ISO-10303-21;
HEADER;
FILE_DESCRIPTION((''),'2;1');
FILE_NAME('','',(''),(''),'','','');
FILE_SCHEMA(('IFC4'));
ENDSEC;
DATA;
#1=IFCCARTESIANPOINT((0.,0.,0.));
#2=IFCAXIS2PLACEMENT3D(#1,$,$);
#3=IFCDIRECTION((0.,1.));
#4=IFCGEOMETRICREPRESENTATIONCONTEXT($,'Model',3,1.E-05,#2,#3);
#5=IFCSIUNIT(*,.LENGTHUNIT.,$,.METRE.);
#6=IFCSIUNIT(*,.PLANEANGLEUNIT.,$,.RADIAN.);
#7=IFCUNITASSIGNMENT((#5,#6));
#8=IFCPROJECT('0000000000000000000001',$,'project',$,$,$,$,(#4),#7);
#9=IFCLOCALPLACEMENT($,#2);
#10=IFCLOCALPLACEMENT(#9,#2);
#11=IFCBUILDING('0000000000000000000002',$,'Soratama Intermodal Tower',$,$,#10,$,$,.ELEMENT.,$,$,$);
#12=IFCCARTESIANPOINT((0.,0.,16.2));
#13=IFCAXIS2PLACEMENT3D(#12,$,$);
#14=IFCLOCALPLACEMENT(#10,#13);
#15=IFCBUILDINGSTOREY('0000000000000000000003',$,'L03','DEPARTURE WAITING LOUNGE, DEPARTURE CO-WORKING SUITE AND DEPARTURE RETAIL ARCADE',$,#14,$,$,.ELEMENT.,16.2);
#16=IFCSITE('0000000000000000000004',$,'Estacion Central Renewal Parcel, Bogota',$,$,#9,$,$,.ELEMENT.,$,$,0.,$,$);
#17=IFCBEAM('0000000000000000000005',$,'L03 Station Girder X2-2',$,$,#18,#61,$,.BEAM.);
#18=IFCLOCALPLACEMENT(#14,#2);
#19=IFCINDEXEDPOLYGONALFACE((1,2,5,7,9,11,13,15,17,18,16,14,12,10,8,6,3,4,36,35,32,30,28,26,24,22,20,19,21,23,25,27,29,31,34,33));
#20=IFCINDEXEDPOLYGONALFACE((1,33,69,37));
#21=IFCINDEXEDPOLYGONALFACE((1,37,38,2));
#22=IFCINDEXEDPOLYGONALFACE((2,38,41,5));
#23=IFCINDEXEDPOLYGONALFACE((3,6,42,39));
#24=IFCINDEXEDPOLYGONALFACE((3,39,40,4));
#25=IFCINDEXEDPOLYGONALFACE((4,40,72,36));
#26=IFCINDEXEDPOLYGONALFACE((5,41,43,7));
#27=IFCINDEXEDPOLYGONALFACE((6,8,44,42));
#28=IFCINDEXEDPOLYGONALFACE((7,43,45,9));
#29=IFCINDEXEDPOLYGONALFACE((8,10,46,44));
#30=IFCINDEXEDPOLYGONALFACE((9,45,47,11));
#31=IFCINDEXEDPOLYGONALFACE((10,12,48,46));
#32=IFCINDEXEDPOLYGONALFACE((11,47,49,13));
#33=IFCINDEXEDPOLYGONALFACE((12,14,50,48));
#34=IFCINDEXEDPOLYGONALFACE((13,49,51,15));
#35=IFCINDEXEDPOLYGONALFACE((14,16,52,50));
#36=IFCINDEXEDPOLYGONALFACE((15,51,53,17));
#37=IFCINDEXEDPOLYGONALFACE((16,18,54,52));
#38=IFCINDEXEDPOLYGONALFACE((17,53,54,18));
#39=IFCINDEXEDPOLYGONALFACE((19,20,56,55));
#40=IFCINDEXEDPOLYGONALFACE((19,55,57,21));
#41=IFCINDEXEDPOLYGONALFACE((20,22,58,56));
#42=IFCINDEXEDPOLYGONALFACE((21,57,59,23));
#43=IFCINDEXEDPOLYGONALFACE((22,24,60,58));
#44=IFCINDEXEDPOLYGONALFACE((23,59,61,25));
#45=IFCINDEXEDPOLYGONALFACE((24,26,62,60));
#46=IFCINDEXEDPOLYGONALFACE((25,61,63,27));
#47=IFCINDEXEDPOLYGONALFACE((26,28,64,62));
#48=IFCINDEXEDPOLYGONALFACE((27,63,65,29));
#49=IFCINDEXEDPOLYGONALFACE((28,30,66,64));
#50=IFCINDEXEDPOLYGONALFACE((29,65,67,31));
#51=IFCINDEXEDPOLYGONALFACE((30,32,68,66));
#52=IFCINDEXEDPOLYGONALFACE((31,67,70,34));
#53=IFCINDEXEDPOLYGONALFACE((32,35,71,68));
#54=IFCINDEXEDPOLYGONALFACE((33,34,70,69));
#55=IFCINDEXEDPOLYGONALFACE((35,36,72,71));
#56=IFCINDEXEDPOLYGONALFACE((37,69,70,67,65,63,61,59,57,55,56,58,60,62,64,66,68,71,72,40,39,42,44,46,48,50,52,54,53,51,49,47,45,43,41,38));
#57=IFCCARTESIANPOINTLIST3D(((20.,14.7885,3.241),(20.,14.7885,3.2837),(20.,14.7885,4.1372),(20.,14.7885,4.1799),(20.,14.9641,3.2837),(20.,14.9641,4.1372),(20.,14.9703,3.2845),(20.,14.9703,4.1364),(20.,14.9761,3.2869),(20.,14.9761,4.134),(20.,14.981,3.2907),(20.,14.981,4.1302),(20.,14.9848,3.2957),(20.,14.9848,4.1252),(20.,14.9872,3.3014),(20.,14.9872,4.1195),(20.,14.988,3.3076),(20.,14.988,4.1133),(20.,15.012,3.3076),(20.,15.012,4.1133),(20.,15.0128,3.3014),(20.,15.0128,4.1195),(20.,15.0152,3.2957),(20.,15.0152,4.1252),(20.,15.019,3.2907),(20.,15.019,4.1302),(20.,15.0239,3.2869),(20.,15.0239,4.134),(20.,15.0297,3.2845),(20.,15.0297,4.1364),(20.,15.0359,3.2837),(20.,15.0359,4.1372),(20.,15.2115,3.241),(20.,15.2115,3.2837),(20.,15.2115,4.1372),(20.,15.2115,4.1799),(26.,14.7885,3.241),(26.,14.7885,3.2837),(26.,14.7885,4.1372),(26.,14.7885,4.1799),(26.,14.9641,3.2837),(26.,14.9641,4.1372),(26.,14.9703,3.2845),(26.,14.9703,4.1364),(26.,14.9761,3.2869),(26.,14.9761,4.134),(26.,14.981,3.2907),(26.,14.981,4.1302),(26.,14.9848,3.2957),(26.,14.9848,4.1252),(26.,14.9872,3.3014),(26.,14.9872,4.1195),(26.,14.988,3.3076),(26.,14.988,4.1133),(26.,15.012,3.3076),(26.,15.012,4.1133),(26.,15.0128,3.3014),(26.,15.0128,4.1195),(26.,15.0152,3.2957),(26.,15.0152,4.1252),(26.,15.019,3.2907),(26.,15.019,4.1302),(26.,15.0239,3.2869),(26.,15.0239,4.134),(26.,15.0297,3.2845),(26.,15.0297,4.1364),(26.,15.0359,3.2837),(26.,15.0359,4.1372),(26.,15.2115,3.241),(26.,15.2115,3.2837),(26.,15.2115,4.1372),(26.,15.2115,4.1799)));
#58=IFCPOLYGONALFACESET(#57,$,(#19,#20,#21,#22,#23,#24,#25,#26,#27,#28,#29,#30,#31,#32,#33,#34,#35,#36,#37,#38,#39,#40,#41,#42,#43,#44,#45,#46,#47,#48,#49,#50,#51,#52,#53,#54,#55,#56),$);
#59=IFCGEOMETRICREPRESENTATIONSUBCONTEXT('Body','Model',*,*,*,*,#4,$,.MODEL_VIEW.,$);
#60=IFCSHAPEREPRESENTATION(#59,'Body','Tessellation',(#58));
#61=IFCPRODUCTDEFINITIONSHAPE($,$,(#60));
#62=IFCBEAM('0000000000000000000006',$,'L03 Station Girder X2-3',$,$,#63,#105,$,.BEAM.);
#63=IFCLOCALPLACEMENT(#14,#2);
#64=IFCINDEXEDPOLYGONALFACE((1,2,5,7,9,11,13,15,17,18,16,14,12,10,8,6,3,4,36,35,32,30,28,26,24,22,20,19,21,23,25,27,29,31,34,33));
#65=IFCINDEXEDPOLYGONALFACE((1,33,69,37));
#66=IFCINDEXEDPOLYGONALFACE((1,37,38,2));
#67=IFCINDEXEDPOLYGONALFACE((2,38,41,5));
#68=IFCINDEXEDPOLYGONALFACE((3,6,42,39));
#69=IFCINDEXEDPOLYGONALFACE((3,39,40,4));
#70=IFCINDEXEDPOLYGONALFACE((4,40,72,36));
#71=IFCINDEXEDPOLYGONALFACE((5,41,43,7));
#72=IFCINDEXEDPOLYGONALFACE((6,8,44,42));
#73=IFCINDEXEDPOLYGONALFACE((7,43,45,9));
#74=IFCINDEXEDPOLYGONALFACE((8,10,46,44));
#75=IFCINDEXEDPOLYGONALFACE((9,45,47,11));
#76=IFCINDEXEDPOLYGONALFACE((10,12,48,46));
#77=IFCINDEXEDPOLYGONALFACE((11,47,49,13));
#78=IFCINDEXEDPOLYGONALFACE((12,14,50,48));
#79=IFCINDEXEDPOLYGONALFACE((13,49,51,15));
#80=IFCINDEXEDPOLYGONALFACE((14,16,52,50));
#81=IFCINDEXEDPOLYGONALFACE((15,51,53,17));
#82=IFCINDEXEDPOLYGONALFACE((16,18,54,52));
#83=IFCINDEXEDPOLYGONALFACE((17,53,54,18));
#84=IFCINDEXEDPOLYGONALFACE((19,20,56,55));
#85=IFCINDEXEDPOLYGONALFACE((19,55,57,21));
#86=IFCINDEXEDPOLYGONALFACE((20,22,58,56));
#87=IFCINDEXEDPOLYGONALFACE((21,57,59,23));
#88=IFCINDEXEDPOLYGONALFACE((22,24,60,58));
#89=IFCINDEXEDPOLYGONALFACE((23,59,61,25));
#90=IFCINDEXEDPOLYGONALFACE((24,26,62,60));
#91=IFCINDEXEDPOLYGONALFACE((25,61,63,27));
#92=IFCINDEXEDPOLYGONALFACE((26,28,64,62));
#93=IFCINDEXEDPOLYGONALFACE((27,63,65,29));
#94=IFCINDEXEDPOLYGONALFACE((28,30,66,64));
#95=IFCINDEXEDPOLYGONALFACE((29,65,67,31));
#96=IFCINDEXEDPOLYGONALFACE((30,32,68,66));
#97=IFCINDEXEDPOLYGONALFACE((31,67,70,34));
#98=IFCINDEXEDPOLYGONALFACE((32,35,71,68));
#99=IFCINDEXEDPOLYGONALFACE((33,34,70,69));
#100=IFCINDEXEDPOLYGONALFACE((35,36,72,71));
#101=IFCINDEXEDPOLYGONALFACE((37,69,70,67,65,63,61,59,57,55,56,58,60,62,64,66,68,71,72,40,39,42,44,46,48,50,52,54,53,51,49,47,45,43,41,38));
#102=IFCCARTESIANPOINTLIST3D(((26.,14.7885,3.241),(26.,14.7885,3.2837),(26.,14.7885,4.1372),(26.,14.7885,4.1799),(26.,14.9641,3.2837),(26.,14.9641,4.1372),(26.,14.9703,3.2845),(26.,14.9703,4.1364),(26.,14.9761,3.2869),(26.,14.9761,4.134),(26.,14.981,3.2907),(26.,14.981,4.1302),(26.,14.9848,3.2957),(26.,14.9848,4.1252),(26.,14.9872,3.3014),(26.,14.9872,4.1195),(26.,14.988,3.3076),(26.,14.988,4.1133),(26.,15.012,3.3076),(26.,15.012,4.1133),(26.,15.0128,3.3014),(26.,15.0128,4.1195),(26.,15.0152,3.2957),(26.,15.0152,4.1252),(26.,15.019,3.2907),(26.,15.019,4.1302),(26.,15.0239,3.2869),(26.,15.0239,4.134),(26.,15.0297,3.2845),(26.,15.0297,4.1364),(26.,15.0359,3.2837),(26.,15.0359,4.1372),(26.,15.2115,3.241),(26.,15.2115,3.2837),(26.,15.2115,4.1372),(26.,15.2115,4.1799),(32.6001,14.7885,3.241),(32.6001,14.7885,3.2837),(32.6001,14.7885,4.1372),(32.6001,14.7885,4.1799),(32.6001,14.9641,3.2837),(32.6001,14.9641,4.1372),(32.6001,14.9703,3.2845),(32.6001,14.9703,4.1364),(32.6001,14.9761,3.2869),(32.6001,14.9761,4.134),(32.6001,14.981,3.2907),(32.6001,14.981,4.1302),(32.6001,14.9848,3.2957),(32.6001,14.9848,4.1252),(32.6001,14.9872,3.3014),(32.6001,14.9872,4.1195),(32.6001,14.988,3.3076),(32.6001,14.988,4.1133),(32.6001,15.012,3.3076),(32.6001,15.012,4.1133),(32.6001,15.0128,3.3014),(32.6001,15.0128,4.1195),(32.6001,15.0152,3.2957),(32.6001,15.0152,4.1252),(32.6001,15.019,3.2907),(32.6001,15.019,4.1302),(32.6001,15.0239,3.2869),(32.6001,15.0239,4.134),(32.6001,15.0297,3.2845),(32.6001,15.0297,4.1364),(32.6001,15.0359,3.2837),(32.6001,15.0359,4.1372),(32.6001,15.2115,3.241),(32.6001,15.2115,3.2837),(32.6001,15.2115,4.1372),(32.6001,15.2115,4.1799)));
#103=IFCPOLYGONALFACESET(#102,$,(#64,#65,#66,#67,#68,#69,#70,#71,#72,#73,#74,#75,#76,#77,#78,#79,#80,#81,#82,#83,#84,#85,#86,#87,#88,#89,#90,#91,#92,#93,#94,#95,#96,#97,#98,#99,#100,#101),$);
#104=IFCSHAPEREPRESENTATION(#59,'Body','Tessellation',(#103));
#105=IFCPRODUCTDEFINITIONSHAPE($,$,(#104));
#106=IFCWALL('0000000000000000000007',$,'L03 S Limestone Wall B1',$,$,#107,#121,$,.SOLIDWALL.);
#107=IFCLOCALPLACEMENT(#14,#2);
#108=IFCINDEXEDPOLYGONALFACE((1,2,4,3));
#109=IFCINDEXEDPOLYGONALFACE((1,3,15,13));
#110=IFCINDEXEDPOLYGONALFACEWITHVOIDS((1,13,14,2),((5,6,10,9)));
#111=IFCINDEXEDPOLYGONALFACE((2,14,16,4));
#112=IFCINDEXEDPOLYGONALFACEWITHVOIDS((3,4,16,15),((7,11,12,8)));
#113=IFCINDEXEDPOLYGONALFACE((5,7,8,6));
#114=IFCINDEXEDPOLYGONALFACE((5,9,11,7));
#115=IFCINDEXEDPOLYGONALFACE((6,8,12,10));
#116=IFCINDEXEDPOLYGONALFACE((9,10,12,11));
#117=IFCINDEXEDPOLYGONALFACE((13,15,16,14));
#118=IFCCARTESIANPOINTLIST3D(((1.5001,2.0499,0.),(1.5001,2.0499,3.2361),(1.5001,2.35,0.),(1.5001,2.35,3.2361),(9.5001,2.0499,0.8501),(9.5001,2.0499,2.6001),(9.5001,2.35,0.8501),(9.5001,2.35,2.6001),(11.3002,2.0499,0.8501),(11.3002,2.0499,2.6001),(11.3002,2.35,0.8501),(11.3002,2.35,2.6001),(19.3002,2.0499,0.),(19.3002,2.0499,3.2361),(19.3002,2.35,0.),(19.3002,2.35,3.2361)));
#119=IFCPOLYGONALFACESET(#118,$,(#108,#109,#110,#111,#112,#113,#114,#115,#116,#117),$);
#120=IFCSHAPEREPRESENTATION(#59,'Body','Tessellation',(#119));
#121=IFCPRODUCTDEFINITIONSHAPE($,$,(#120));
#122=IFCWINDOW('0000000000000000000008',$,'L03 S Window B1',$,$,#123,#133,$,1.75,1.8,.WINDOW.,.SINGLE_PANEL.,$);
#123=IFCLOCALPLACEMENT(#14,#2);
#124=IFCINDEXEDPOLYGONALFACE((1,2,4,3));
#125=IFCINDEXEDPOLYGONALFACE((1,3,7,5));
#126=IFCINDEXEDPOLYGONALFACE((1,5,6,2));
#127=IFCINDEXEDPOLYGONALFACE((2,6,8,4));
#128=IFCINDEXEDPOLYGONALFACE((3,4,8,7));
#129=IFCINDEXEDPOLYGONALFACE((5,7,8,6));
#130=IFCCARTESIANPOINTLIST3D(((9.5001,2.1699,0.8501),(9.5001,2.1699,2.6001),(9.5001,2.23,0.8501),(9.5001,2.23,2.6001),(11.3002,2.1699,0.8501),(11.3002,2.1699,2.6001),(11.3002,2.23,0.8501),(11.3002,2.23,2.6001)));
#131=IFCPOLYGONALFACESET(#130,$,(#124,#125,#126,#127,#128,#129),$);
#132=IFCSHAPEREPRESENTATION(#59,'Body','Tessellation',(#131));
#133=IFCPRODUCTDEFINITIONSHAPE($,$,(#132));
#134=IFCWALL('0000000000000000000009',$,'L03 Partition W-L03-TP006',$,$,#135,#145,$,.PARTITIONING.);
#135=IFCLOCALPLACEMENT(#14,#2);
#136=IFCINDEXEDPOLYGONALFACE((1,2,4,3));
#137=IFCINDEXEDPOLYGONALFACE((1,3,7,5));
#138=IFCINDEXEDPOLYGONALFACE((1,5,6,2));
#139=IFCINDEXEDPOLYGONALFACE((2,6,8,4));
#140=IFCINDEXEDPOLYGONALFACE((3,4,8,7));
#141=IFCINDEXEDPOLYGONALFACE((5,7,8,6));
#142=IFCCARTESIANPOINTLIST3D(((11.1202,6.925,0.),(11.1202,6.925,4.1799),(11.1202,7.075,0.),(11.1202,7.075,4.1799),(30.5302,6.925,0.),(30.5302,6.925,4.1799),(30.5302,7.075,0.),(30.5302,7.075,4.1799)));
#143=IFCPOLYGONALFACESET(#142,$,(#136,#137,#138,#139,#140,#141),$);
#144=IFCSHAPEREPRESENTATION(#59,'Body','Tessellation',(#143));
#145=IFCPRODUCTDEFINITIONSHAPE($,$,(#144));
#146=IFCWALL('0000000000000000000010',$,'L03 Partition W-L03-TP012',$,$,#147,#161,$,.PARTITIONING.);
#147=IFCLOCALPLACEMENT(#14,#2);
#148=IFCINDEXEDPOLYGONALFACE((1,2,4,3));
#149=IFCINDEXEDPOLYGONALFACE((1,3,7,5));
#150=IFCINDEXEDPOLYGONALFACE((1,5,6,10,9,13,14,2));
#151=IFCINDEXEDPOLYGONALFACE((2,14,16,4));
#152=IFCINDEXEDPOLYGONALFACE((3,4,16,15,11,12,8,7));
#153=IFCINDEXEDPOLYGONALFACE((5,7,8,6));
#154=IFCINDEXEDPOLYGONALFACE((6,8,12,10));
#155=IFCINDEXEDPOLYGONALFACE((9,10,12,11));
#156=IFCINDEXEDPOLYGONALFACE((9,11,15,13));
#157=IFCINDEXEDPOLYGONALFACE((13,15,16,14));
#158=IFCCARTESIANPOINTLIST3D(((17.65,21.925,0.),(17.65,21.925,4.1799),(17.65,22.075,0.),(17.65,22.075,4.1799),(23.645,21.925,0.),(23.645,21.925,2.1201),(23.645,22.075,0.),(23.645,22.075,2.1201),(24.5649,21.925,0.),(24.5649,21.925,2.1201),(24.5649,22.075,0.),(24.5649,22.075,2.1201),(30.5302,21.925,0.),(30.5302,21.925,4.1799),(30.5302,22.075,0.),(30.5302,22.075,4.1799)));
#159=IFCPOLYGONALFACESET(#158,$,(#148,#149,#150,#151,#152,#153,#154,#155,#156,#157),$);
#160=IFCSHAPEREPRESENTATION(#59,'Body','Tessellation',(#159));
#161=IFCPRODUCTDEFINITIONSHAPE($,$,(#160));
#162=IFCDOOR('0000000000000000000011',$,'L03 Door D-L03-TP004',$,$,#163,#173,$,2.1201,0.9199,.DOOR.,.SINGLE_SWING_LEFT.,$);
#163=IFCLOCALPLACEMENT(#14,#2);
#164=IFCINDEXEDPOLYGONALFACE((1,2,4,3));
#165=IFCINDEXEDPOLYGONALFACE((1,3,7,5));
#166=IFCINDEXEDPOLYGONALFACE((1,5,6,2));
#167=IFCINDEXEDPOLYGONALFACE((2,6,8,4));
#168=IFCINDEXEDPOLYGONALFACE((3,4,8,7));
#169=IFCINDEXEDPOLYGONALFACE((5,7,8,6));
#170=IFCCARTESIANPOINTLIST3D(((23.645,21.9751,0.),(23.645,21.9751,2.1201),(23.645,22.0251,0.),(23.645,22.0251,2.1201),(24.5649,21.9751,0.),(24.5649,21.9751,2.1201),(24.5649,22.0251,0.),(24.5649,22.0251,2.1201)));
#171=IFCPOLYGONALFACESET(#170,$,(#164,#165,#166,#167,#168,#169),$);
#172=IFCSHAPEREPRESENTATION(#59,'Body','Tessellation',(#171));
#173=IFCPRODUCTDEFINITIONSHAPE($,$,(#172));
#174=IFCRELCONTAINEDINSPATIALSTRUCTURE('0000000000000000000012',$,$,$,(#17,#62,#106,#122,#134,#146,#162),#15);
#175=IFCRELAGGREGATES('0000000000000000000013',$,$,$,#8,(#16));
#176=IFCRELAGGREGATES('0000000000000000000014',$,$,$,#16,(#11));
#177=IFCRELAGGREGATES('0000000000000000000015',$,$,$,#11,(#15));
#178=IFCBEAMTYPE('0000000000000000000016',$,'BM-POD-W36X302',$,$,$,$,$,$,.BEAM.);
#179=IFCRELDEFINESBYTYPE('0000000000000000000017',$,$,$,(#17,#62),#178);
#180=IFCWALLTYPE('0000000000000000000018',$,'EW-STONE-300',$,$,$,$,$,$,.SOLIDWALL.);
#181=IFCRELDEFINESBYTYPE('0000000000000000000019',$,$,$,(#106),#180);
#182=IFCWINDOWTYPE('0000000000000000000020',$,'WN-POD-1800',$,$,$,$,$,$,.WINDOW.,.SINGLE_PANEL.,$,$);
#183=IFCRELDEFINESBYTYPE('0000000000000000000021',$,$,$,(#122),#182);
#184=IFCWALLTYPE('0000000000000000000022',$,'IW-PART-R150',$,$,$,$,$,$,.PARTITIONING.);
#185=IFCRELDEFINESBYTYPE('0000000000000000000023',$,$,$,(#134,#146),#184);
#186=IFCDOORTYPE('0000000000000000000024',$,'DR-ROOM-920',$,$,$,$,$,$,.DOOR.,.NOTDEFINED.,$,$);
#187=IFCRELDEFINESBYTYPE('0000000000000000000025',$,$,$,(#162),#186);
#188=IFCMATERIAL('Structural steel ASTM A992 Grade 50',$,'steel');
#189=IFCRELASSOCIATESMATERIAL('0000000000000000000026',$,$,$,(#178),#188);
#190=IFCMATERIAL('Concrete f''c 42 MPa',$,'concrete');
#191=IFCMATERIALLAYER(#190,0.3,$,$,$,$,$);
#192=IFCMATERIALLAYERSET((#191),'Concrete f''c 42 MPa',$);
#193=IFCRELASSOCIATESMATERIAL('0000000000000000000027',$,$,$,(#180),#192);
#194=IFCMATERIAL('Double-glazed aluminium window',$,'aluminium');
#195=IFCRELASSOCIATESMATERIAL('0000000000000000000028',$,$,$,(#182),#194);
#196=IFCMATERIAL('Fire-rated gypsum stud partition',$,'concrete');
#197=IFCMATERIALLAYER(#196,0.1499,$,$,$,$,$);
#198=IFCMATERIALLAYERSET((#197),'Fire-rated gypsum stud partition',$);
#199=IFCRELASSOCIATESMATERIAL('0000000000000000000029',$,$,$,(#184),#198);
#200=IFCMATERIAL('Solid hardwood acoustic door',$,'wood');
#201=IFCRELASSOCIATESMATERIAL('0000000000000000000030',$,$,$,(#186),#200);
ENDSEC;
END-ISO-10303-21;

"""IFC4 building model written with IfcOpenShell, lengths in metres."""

from ifc_helpers import new_model, si_unit, direction, frame, frame_2d, origin, origin_2d, place, context, subcontext, project, spatial, rectangle, i_section, extrude, material, layer, layer_set, material_profile, profile_set, type_object, element, fill, save


model = new_model("IFC4")

# Units and contexts
model_context = context("Model", 3, precision=1e-05, world=origin(), true_north=direction((0.0, 1.0)))
body_context = subcontext(model_context, "Body", "Model", "MODEL_VIEW")
ifc_project = project(units=[si_unit("LENGTHUNIT", "METRE"), si_unit("PLANEANGLEUNIT", "RADIAN")], contexts=[model_context])

# Site, building, storey
site_placement = place(None, origin())
site = spatial("IfcSite", under=ifc_project, at=site_placement, Name="Estacion Central Renewal Parcel, Bogota", CompositionType="ELEMENT", RefElevation=0.0)
building_placement = place(site_placement, origin())
building = spatial("IfcBuilding", under=site, at=building_placement, Name="Soratama Intermodal Tower", CompositionType="ELEMENT")
storey_placement = place(building_placement, frame((0.0, 0.0, 16.2)))
storey = spatial("IfcBuildingStorey", under=building, at=storey_placement, Name="L03", Description="DEPARTURE WAITING LOUNGE, DEPARTURE CO-WORKING SUITE AND DEPARTURE RETAIL ARCADE", CompositionType="ELEMENT", Elevation=16.2)

# Beams
ifc_material_1 = material(Name="Structural steel ASTM A992 Grade 50", Category="steel")
ifc_material_profile_1 = material_profile(ifc_material_1, i_section(OverallWidth=0.4231, OverallDepth=0.939, WebThickness=0.0239, FlangeThickness=0.0427, FilletRadius=0.0239, at=origin_2d()), Name="W36X302")
ifc_profile_set_1 = profile_set([ifc_material_profile_1], Name="Structural steel ASTM A992 Grade 50")
beam_type_1 = type_object("IfcBeamType", Name="BM-POD-W36X302", PredefinedType="BEAM", material=ifc_profile_set_1)
beam_1_placement = place(storey_placement, frame((20.0, 15.0, 3.7104), z_axis=(1.0, 0.0, 0.0), x_axis=(0.0, 1.0, 0.0)))
element("IfcBeam", 1, at=beam_1_placement, inside=storey, type_object=beam_type_1, Name="L03 Station Girder X2-2", PredefinedType="BEAM", context=body_context, shape_type="SweptSolid", body=[
    extrude(i_section(OverallWidth=0.4231, OverallDepth=0.939, WebThickness=0.0239, FlangeThickness=0.0427, FilletRadius=0.0239, at=origin_2d()), origin(), (0.0, 0.0, 1.0), 6.0),
])
beam_2_placement = place(storey_placement, frame((26.0, 15.0, 3.7104), z_axis=(1.0, 0.0, 0.0), x_axis=(0.0, 1.0, 0.0)))
element("IfcBeam", 2, at=beam_2_placement, inside=storey, type_object=beam_type_1, Name="L03 Station Girder X2-3", PredefinedType="BEAM", context=body_context, shape_type="SweptSolid", body=[
    extrude(i_section(OverallWidth=0.4231, OverallDepth=0.939, WebThickness=0.0239, FlangeThickness=0.0427, FilletRadius=0.0239, at=origin_2d()), origin(), (0.0, 0.0, 1.0), 6.6001),
])

# Wall, opening, window
ifc_material_2 = material(Name="Concrete f'c 42 MPa", Category="concrete")
ifc_layer_1 = layer(ifc_material_2, 0.3)
ifc_layer_set_1 = layer_set([ifc_layer_1], Name="Concrete f'c 42 MPa")
wall_type_1 = type_object("IfcWallType", Name="EW-STONE-300", PredefinedType="SOLIDWALL", material=ifc_layer_set_1)
wall_1_placement = place(storey_placement, frame((19.3, 2.2, 0.0), z_axis=(0.0, 0.0, 1.0), x_axis=(-1.0, 0.0, 0.0)))
wall_1 = element("IfcWall", 3, at=wall_1_placement, inside=storey, type_object=wall_type_1, Name="L03 S Limestone Wall B1", PredefinedType="SOLIDWALL", context=body_context, shape_type="SweptSolid", body=[
    extrude(rectangle(XDim=17.8, YDim=0.3, at=frame_2d((8.8999, 0.0))), origin(), (0.0, 0.0, 1.0), 3.2361),
])
opening_1_placement = place(wall_1_placement, frame((8.0, 0.0, 0.8501)))
opening_1 = element("IfcOpeningElement", 4, at=opening_1_placement, cuts=wall_1, PredefinedType="OPENING", context=body_context, shape_type="SweptSolid", body=[
    extrude(rectangle(XDim=1.8, YDim=1.75, at=frame_2d((0.8999, 0.875))), frame((0.0, 0.1599, 0.0), z_axis=(0.0, -1.0, 0.0), x_axis=(1.0, 0.0, 0.0)), (0.0, 0.0, 1.0), 0.3201),
])
ifc_material_3 = material(Name="Double-glazed aluminium window", Category="aluminium")
window_type = type_object("IfcWindowType", Name="WN-POD-1800", PartitioningType="SINGLE_PANEL", PredefinedType="WINDOW", material=ifc_material_3)
window_placement = place(opening_1_placement, origin())
window = element("IfcWindow", 5, at=window_placement, inside=storey, type_object=window_type, Name="L03 S Window B1", OverallHeight=1.75, OverallWidth=1.8, PartitioningType="SINGLE_PANEL", PredefinedType="WINDOW", context=body_context, shape_type="SweptSolid", body=[
    extrude(rectangle(XDim=1.8, YDim=1.75, at=frame_2d((0.8999, 0.875))), frame((0.0, 0.03, 0.0), z_axis=(0.0, -1.0, 0.0), x_axis=(1.0, 0.0, 0.0)), (0.0, 0.0, 1.0), 0.0601),
])
fill(opening_1, window)

# Wall
ifc_material_4 = material(Name="Fire-rated gypsum stud partition", Category="concrete")
ifc_layer_2 = layer(ifc_material_4, 0.1499)
ifc_layer_set_2 = layer_set([ifc_layer_2], Name="Fire-rated gypsum stud partition")
wall_type_2 = type_object("IfcWallType", Name="IW-PART-R150", PredefinedType="PARTITIONING", material=ifc_layer_set_2)
wall_2_placement = place(storey_placement, frame((11.1201, 7.0, 0.0), z_axis=(0.0, 0.0, 1.0), x_axis=(1.0, 0.0, 0.0)))
element("IfcWall", 6, at=wall_2_placement, inside=storey, type_object=wall_type_2, Name="L03 Partition W-L03-TP006", PredefinedType="PARTITIONING", context=body_context, shape_type="SweptSolid", body=[
    extrude(rectangle(XDim=19.4099, YDim=0.1499, at=frame_2d((9.7051, 0.0))), origin(), (0.0, 0.0, 1.0), 4.1799),
])

# Wall, opening, door
wall_3_placement = place(storey_placement, frame((30.53, 22.0, 0.0), z_axis=(0.0, 0.0, 1.0), x_axis=(-1.0, 0.0, 0.0)))
wall_3 = element("IfcWall", 7, at=wall_3_placement, inside=storey, type_object=wall_type_2, Name="L03 Partition W-L03-TP012", PredefinedType="PARTITIONING", context=body_context, shape_type="SweptSolid", body=[
    extrude(rectangle(XDim=12.8801, YDim=0.1499, at=frame_2d((6.4399, 0.0))), origin(), (0.0, 0.0, 1.0), 4.1799),
])
opening_2_placement = place(wall_3_placement, frame((5.9651, 0.0, 0.0)))
opening_2 = element("IfcOpeningElement", 8, at=opening_2_placement, cuts=wall_3, PredefinedType="OPENING", context=body_context, shape_type="SweptSolid", body=[
    extrude(rectangle(XDim=0.9199, YDim=2.1201, at=frame_2d((0.46, 1.0601))), frame((0.0, 0.085, 0.0), z_axis=(0.0, -1.0, 0.0), x_axis=(1.0, 0.0, 0.0)), (0.0, 0.0, 1.0), 0.1699),
])
ifc_material_5 = material(Name="Solid hardwood acoustic door", Category="wood")
door_type_1 = type_object("IfcDoorType", Name="DR-ROOM-920", OperationType="NOTDEFINED", PredefinedType="DOOR", material=ifc_material_5)
door_1_placement = place(opening_2_placement, origin())
door_1 = element("IfcDoor", 9, at=door_1_placement, inside=storey, type_object=door_type_1, Name="L03 Door D-L03-TP004", OperationType="SINGLE_SWING_LEFT", OverallHeight=2.1201, OverallWidth=0.9199, PredefinedType="DOOR", context=body_context, shape_type="SweptSolid", body=[
    extrude(rectangle(XDim=0.9199, YDim=2.1201, at=frame_2d((0.46, 1.0601))), frame((0.0, 0.0249, 0.0), z_axis=(0.0, -1.0, 0.0), x_axis=(1.0, 0.0, 0.0)), (0.0, 0.0, 1.0), 0.05),
])
fill(opening_2, door_1)

save(model, "model.ifc")
